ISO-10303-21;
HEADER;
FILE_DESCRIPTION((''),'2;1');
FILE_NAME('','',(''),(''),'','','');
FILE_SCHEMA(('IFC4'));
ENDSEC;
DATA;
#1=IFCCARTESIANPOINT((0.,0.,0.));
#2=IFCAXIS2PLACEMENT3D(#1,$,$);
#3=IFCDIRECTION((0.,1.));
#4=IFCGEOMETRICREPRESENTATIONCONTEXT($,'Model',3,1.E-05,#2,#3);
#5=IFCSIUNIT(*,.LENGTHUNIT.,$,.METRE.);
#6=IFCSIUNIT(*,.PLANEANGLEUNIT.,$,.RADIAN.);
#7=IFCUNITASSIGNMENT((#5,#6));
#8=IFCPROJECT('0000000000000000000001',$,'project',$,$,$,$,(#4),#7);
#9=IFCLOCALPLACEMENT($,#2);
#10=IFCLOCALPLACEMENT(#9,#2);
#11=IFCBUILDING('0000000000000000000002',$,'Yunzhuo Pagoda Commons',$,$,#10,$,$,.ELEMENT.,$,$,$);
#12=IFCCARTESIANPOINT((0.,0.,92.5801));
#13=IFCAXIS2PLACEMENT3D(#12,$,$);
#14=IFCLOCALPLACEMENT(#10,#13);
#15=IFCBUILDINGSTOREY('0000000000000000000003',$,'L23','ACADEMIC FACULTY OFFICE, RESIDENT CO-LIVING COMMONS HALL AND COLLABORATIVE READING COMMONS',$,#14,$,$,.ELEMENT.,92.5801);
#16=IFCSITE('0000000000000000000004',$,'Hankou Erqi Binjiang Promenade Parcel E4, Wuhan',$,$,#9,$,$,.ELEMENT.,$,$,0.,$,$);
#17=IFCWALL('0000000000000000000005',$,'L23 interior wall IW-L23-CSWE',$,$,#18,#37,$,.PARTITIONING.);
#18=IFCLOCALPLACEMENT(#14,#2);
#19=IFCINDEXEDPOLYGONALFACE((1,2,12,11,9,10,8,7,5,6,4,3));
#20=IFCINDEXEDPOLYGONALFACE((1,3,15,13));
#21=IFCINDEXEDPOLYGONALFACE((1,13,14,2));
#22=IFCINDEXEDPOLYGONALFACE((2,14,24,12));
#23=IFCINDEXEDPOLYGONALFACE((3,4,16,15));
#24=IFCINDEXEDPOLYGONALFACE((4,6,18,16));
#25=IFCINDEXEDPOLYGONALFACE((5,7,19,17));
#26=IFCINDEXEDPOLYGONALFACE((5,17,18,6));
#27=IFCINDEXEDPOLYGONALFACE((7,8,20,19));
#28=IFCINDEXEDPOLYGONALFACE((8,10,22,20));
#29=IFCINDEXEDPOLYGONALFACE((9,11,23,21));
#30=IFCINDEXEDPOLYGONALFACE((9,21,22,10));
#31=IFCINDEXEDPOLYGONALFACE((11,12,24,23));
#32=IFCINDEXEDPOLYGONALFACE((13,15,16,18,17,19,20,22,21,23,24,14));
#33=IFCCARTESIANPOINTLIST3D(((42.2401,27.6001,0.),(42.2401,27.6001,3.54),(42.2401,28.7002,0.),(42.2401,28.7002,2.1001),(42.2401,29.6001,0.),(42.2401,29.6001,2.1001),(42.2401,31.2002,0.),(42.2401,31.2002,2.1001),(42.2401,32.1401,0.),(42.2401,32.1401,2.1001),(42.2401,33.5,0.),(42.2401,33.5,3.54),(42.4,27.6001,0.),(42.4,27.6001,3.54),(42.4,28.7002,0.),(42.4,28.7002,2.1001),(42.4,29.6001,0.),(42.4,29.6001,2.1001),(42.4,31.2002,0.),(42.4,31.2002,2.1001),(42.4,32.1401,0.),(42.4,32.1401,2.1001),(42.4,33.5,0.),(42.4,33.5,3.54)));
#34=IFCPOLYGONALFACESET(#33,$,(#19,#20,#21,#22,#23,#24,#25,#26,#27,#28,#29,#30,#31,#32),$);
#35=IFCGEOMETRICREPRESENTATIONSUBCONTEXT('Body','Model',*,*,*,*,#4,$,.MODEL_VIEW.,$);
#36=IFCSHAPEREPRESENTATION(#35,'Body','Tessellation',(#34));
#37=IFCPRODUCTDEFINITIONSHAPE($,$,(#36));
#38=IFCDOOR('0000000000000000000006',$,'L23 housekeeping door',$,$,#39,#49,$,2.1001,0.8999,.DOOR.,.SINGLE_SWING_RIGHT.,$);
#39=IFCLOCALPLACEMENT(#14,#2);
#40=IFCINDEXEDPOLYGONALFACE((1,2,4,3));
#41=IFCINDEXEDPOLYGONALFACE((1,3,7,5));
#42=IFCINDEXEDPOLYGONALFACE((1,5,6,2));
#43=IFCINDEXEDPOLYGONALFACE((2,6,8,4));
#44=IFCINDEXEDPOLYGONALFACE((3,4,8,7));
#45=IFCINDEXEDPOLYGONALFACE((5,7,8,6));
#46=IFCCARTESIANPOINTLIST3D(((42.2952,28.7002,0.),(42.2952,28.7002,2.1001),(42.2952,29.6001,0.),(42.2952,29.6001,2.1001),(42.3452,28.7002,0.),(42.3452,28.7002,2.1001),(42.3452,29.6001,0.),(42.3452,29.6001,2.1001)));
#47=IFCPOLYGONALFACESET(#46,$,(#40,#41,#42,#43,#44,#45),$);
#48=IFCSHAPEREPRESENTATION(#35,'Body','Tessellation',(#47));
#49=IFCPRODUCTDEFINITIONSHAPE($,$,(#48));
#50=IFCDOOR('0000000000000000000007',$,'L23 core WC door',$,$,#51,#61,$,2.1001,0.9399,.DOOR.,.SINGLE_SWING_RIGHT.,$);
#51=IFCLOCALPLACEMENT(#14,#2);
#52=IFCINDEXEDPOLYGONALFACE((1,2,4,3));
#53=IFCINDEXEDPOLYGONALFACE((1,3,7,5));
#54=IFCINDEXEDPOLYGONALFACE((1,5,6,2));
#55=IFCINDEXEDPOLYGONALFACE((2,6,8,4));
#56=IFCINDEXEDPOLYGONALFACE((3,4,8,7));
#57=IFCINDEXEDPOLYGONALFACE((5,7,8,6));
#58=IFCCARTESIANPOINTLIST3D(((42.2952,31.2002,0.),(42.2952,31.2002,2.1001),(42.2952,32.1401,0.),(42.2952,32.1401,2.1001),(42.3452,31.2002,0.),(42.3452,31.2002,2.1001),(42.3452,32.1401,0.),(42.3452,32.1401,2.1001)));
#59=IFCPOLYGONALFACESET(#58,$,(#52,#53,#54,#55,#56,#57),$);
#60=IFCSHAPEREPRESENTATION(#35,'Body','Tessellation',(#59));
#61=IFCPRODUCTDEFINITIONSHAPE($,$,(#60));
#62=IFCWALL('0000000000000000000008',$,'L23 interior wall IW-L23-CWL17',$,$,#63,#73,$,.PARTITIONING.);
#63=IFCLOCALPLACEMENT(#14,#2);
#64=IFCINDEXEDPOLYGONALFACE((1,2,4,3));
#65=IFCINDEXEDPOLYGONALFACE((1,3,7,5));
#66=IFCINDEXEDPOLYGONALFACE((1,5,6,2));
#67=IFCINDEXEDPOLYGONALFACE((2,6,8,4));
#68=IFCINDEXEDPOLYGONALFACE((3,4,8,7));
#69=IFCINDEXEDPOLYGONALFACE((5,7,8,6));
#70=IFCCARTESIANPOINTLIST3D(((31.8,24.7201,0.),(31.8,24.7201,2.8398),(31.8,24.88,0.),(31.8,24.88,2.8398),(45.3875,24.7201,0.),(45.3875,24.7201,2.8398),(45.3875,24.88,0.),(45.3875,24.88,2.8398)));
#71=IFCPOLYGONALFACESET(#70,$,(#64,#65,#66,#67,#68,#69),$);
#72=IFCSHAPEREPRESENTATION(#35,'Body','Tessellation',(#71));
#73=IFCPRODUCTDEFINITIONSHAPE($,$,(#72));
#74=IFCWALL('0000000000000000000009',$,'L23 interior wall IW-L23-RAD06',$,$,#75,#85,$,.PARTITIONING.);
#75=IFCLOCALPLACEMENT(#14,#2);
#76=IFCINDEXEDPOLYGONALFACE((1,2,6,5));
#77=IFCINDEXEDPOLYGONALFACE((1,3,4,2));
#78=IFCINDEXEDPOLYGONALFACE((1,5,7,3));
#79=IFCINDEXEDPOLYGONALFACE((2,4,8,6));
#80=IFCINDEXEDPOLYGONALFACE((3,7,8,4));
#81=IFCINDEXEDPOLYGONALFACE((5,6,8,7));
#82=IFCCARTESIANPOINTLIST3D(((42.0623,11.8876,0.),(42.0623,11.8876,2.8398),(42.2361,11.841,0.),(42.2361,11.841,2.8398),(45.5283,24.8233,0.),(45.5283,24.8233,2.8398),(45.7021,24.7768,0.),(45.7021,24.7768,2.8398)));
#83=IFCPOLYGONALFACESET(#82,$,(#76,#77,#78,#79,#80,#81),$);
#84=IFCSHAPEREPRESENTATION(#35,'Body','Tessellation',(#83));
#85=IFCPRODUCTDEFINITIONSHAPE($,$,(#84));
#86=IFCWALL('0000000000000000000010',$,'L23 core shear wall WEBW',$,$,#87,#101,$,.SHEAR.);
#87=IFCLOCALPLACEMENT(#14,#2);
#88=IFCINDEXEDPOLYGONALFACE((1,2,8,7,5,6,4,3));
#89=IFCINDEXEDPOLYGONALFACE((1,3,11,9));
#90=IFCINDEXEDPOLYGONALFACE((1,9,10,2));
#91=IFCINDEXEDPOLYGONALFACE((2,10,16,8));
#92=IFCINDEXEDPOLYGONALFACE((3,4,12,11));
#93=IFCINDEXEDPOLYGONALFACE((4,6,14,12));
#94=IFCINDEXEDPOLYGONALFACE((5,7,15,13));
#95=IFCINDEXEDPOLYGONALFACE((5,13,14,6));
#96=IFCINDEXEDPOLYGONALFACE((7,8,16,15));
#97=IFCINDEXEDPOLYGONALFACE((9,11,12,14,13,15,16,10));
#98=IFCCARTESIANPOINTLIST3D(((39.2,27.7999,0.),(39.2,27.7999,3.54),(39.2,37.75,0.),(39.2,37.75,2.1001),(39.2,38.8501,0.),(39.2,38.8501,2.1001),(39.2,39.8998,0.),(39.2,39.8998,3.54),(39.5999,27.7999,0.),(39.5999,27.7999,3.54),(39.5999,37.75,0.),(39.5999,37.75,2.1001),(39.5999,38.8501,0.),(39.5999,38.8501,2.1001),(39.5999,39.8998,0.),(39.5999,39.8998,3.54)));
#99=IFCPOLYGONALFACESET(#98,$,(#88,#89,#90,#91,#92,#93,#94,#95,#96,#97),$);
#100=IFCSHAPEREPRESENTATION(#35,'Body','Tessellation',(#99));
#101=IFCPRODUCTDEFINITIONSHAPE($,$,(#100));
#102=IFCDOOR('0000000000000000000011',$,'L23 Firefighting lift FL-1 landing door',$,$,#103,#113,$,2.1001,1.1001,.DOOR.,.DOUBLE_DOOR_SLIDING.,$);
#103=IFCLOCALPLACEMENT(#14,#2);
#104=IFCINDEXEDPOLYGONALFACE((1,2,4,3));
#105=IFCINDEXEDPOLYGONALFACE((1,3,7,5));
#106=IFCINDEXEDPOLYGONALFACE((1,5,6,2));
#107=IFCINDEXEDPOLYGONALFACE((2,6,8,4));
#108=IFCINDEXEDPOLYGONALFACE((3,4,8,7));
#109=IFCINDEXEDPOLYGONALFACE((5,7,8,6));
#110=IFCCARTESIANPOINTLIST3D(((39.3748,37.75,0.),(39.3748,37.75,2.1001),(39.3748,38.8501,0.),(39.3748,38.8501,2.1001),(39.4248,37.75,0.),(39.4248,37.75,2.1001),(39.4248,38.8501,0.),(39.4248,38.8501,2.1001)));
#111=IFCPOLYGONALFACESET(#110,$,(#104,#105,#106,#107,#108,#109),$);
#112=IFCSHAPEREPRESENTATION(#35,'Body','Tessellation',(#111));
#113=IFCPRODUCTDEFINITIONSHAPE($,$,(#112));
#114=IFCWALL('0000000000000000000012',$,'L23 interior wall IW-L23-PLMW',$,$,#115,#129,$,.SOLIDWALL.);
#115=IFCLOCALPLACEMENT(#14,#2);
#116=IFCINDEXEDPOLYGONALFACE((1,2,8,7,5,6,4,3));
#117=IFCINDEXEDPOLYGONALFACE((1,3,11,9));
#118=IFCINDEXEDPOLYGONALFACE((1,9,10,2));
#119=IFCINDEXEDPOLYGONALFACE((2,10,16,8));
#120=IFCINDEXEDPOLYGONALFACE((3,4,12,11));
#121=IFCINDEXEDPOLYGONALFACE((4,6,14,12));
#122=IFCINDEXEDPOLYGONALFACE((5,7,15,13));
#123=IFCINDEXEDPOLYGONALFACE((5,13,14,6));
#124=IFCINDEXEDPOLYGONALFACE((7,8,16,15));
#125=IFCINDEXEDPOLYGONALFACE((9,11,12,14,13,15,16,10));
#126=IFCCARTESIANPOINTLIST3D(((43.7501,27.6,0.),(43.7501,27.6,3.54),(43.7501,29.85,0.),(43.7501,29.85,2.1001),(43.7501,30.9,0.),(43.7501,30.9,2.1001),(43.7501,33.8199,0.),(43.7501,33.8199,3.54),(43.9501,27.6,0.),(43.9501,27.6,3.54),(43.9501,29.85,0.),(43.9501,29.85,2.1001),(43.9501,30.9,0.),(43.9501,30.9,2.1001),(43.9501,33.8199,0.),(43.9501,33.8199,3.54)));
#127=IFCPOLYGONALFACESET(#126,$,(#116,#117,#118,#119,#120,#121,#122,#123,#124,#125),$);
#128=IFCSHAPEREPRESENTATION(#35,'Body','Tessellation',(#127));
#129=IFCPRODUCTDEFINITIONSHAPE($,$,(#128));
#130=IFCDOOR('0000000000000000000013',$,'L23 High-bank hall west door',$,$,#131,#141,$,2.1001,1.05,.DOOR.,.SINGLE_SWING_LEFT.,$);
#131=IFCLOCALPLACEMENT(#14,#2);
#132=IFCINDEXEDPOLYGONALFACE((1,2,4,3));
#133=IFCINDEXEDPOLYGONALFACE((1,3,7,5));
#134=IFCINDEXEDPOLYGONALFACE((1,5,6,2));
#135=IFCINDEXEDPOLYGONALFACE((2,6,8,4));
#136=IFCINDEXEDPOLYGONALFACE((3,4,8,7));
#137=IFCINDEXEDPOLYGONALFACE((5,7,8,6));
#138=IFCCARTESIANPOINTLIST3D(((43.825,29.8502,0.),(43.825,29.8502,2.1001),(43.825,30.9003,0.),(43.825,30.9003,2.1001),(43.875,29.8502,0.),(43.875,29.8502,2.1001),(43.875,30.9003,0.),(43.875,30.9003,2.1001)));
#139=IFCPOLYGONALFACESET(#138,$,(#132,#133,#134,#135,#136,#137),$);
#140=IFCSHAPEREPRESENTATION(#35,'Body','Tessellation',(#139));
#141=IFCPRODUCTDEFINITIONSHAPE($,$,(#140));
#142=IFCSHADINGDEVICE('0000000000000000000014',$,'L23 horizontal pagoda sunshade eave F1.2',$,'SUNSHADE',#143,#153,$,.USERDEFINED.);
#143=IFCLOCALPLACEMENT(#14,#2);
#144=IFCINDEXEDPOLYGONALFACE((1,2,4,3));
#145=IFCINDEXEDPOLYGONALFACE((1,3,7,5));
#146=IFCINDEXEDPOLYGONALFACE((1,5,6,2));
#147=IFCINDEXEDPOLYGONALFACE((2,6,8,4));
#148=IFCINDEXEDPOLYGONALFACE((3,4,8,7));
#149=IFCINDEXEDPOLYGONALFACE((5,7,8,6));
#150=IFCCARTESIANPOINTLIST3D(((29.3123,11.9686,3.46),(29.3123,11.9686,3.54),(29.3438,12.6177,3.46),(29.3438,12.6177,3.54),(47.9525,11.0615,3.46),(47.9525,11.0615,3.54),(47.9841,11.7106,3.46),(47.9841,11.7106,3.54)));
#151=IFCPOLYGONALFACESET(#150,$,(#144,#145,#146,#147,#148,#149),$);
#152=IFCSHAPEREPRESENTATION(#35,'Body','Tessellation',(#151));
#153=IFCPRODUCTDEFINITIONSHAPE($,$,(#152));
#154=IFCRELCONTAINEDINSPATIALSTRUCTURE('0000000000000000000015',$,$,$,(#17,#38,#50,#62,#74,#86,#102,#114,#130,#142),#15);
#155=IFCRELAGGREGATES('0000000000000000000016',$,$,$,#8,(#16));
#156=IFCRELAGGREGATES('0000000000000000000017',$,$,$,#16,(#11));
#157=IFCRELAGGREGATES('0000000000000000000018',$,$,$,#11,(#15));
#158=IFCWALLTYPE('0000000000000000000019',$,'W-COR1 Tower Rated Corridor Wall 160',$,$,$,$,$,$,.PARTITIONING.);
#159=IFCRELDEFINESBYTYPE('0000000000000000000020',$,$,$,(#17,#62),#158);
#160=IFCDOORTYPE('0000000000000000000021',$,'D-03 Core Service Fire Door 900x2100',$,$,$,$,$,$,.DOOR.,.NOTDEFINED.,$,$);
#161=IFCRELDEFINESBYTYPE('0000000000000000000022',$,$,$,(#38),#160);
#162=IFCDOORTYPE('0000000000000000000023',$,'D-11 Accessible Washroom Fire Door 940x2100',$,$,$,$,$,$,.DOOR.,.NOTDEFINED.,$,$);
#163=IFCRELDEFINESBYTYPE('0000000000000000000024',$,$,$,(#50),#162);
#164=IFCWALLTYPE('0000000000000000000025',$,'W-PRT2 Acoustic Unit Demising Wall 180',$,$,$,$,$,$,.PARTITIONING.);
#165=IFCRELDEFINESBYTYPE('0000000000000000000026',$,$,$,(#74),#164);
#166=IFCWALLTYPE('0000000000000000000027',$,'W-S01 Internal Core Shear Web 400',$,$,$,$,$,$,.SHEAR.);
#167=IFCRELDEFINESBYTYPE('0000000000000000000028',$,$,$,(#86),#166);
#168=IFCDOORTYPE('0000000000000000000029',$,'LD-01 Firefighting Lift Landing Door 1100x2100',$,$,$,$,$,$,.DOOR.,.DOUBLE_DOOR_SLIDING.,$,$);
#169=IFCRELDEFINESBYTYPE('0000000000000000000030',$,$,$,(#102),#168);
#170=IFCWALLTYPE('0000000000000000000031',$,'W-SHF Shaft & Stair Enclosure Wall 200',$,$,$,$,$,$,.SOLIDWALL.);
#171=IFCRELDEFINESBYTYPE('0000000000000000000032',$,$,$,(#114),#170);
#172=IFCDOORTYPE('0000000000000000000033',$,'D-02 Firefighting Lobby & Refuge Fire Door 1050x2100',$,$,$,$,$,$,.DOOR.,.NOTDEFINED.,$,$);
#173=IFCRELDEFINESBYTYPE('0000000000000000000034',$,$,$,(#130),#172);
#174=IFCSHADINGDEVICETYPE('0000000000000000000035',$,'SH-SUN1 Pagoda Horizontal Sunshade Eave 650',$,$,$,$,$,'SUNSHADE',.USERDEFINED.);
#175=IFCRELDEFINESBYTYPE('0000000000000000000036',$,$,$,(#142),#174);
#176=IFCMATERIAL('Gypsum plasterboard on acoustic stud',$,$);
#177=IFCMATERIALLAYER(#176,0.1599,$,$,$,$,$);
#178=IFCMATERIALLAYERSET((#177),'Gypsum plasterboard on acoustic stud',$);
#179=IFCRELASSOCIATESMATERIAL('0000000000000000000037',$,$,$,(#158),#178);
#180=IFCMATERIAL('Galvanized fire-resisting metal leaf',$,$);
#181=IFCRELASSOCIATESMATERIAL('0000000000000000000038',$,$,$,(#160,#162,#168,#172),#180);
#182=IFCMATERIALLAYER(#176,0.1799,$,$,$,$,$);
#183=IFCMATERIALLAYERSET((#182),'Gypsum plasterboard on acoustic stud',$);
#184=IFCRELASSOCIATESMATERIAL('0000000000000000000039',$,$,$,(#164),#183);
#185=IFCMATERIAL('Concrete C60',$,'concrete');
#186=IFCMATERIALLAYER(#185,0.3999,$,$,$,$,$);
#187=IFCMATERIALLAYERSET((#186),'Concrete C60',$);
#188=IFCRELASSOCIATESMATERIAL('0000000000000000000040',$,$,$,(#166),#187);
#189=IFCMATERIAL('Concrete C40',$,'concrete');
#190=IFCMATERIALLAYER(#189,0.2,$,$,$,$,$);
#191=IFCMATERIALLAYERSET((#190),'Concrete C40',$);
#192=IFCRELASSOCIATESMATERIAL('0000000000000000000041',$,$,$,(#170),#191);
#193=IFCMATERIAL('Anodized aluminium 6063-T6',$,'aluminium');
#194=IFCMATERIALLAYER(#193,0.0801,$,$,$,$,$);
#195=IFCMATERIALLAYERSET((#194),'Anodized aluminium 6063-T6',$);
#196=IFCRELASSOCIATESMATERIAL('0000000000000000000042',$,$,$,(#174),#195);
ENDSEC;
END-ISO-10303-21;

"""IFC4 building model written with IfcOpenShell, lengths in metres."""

from ifc_helpers import new_model, si_unit, direction, frame, frame_2d, origin, origin_with_axes, origin_2d, place, context, subcontext, project, spatial, rectangle, extrude, source, transform, mapped, material, layer, layer_set, type_object, element, fill, save


model = new_model("IFC4")

# Units and contexts
model_context = context("Model", 3, precision=1e-05, world=origin(), true_north=direction((0.0, 1.0)))
body_context = subcontext(model_context, "Body", "Model", "MODEL_VIEW")
ifc_project = project(units=[si_unit("LENGTHUNIT", "METRE"), si_unit("PLANEANGLEUNIT", "RADIAN")], contexts=[model_context])

# Site, building, storey
site_placement = place(None, origin())
site = spatial("IfcSite", under=ifc_project, at=site_placement, Name="Hankou Erqi Binjiang Promenade Parcel E4, Wuhan", CompositionType="ELEMENT", RefElevation=0.0)
building_placement = place(site_placement, origin())
building = spatial("IfcBuilding", under=site, at=building_placement, Name="Yunzhuo Pagoda Commons", CompositionType="ELEMENT")
storey_placement = place(building_placement, frame((0.0, 0.0, 92.5801)))
storey = spatial("IfcBuildingStorey", under=building, at=storey_placement, Name="L23", Description="ACADEMIC FACULTY OFFICE, RESIDENT CO-LIVING COMMONS HALL AND COLLABORATIVE READING COMMONS", CompositionType="ELEMENT", Elevation=92.5801)

# Shared definitions
ifc_material_1 = material(Name="Anodized aluminium 6063-T6", Category="aluminium")

# Shared definitions
ifc_material_2 = material(Name="Concrete C60", Category="concrete")

# Wall, openings, doors
ifc_material_3 = material(Name="Gypsum plasterboard on acoustic stud")
ifc_layer_1 = layer(ifc_material_3, 0.1599)
ifc_layer_set_1 = layer_set([ifc_layer_1], Name="Gypsum plasterboard on acoustic stud")
wall_type_1 = type_object("IfcWallType", Name="W-COR1 Tower Rated Corridor Wall 160", PredefinedType="PARTITIONING", material=ifc_layer_set_1)
wall_1_placement = place(storey_placement, frame((42.3201, 27.6001, 0.0), z_axis=(0.0, 0.0, 1.0), x_axis=(0.0, 1.0, 0.0)))
wall_1 = element("IfcWall", 1, at=wall_1_placement, inside=storey, type_object=wall_type_1, Name="L23 interior wall IW-L23-CSWE", PredefinedType="PARTITIONING", context=body_context, shape_type="SweptSolid", body=[
    extrude(rectangle(XDim=5.8999, YDim=0.1599, at=frame_2d((2.95, 0.0))), origin(), (0.0, 0.0, 1.0), 3.54),
])
opening_1_placement = place(wall_1_placement, frame((1.1001, 0.0, 0.0)))
opening_1 = element("IfcOpeningElement", 2, at=opening_1_placement, cuts=wall_1, PredefinedType="OPENING", context=body_context, shape_type="SweptSolid", body=[
    extrude(rectangle(XDim=0.8999, YDim=2.1001, at=frame_2d((0.45, 1.05))), frame((0.0, 0.0898, 0.0), z_axis=(0.0, -1.0, 0.0), x_axis=(1.0, 0.0, 0.0)), (0.0, 0.0, 1.0), 0.1799),
])
opening_2_placement = place(wall_1_placement, frame((3.6001, 0.0, 0.0)))
opening_2 = element("IfcOpeningElement", 3, at=opening_2_placement, cuts=wall_1, PredefinedType="OPENING", context=body_context, shape_type="SweptSolid", body=[
    extrude(rectangle(XDim=0.9399, YDim=2.1001, at=frame_2d((0.47, 1.05))), frame((0.0, 0.0898, 0.0), z_axis=(0.0, -1.0, 0.0), x_axis=(1.0, 0.0, 0.0)), (0.0, 0.0, 1.0), 0.1799),
])
ifc_material_4 = material(Name="Galvanized fire-resisting metal leaf")
door_type_1 = type_object("IfcDoorType", Name="D-03 Core Service Fire Door 900x2100", OperationType="NOTDEFINED", PredefinedType="DOOR", material=ifc_material_4)
shared_shape_1 = source(origin(), body_context, "Body", "SweptSolid", [
    extrude(rectangle(XDim=0.8999, YDim=2.1001, at=frame_2d((0.45, 1.05))), frame((0.0, 0.0249, 0.0), z_axis=(0.0, -1.0, 0.0), x_axis=(1.0, 0.0, 0.0)), (0.0, 0.0, 1.0), 0.05),
])
door_1_placement = place(opening_1_placement, origin_with_axes())
door_1 = element("IfcDoor", 4, at=door_1_placement, inside=storey, type_object=door_type_1, Name="L23 housekeeping door", OperationType="SINGLE_SWING_RIGHT", OverallHeight=2.1001, OverallWidth=0.8999, PredefinedType="DOOR", context=body_context, shape_type="MappedRepresentation", body=[
    mapped(shared_shape_1, transform((0.0, 0.0, 0.0), scale=1.0)),
])
fill(opening_1, door_1)
door_type_2 = type_object("IfcDoorType", Name="D-11 Accessible Washroom Fire Door 940x2100", OperationType="NOTDEFINED", PredefinedType="DOOR", material=ifc_material_4)
shared_shape_2 = source(origin(), body_context, "Body", "SweptSolid", [
    extrude(rectangle(XDim=0.9399, YDim=2.1001, at=frame_2d((0.47, 1.05))), frame((0.0, 0.0249, 0.0), z_axis=(0.0, -1.0, 0.0), x_axis=(1.0, 0.0, 0.0)), (0.0, 0.0, 1.0), 0.05),
])
door_2_placement = place(opening_2_placement, origin_with_axes())
door_2 = element("IfcDoor", 5, at=door_2_placement, inside=storey, type_object=door_type_2, Name="L23 core WC door", OperationType="SINGLE_SWING_RIGHT", OverallHeight=2.1001, OverallWidth=0.9399, PredefinedType="DOOR", context=body_context, shape_type="MappedRepresentation", body=[
    mapped(shared_shape_2, transform((0.0, 0.0, 0.0), scale=1.0)),
])
fill(opening_2, door_2)

# Walls
wall_2_placement = place(storey_placement, frame((45.3875, 24.8, 0.0), z_axis=(0.0, 0.0, 1.0), x_axis=(-1.0, 0.0, 0.0)))
element("IfcWall", 6, at=wall_2_placement, inside=storey, type_object=wall_type_1, Name="L23 interior wall IW-L23-CWL17", PredefinedType="PARTITIONING", context=body_context, shape_type="SweptSolid", body=[
    extrude(rectangle(XDim=13.5874, YDim=0.1599, at=frame_2d((6.7937, 0.0))), origin(), (0.0, 0.0, 1.0), 2.8398),
])
ifc_layer_2 = layer(ifc_material_3, 0.1799)
ifc_layer_set_2 = layer_set([ifc_layer_2], Name="Gypsum plasterboard on acoustic stud")
wall_type_2 = type_object("IfcWallType", Name="W-PRT2 Acoustic Unit Demising Wall 180", PredefinedType="PARTITIONING", material=ifc_layer_set_2)
wall_3_placement = place(storey_placement, frame((45.6152, 24.8, 0.0), z_axis=(0.0, 0.0, 1.0), x_axis=(-0.258814, -0.965927, 0.0)))
element("IfcWall", 7, at=wall_3_placement, inside=storey, type_object=wall_type_2, Name="L23 interior wall IW-L23-RAD06", PredefinedType="PARTITIONING", context=body_context, shape_type="SweptSolid", body=[
    extrude(rectangle(XDim=13.3921, YDim=0.1799, at=frame_2d((6.696, 0.0))), origin(), (0.0, 0.0, 1.0), 2.8398),
])

# Walls, openings, doors
ifc_layer_3 = layer(ifc_material_2, 0.3999)
ifc_layer_set_3 = layer_set([ifc_layer_3], Name="Concrete C60")
wall_type_3 = type_object("IfcWallType", Name="W-S01 Internal Core Shear Web 400", PredefinedType="SHEAR", material=ifc_layer_set_3)
wall_4_placement = place(storey_placement, frame((39.3999, 27.8, 0.0), z_axis=(0.0, 0.0, 1.0), x_axis=(0.0, 1.0, 0.0)))
wall_4 = element("IfcWall", 8, at=wall_4_placement, inside=storey, type_object=wall_type_3, Name="L23 core shear wall WEBW", PredefinedType="SHEAR", context=body_context, shape_type="SweptSolid", body=[
    extrude(rectangle(XDim=12.0999, YDim=0.3999, at=frame_2d((6.0498, 0.0))), origin(), (0.0, 0.0, 1.0), 3.54),
])
opening_3_placement = place(wall_4_placement, frame((9.95, 0.0, 0.0)))
opening_3 = element("IfcOpeningElement", 9, at=opening_3_placement, cuts=wall_4, PredefinedType="OPENING", context=body_context, shape_type="SweptSolid", body=[
    extrude(rectangle(XDim=1.1001, YDim=2.1001, at=frame_2d((0.55, 1.05))), frame((0.0, 0.21, 0.0), z_axis=(0.0, -1.0, 0.0), x_axis=(1.0, 0.0, 0.0)), (0.0, 0.0, 1.0), 0.4199),
])
door_type_3 = type_object("IfcDoorType", Name="LD-01 Firefighting Lift Landing Door 1100x2100", OperationType="DOUBLE_DOOR_SLIDING", PredefinedType="DOOR", material=ifc_material_4)
shared_shape_3 = source(origin(), body_context, "Body", "SweptSolid", [
    extrude(rectangle(XDim=1.1001, YDim=2.1001, at=frame_2d((0.55, 1.05))), frame((0.0, 0.0249, 0.0), z_axis=(0.0, -1.0, 0.0), x_axis=(1.0, 0.0, 0.0)), (0.0, 0.0, 1.0), 0.05),
])
door_3_placement = place(opening_3_placement, frame((1.1001, 0.0, 0.0), z_axis=(0.0, 0.0, 1.0), x_axis=(-1.0, 0.0, 0.0)))
door_3 = element("IfcDoor", 10, at=door_3_placement, inside=storey, type_object=door_type_3, Name="L23 Firefighting lift FL-1 landing door", OperationType="DOUBLE_DOOR_SLIDING", OverallHeight=2.1001, OverallWidth=1.1001, PredefinedType="DOOR", context=body_context, shape_type="MappedRepresentation", body=[
    mapped(shared_shape_3, transform((0.0, 0.0, 0.0), scale=1.0)),
])
fill(opening_3, door_3)
ifc_material_5 = material(Name="Concrete C40", Category="concrete")
ifc_layer_4 = layer(ifc_material_5, 0.2)
ifc_layer_set_4 = layer_set([ifc_layer_4], Name="Concrete C40")
wall_type_4 = type_object("IfcWallType", Name="W-SHF Shaft & Stair Enclosure Wall 200", PredefinedType="SOLIDWALL", material=ifc_layer_set_4)
wall_5_placement = place(storey_placement, frame((43.8501, 27.6001, 0.0), z_axis=(0.0, 0.0, 1.0), x_axis=(0.0, 1.0, 0.0)))
wall_5 = element("IfcWall", 11, at=wall_5_placement, inside=storey, type_object=wall_type_4, Name="L23 interior wall IW-L23-PLMW", PredefinedType="SOLIDWALL", context=body_context, shape_type="SweptSolid", body=[
    extrude(rectangle(XDim=6.22, YDim=0.2, at=frame_2d((3.1099, 0.0))), origin(), (0.0, 0.0, 1.0), 3.54),
])
opening_4_placement = place(wall_5_placement, frame((2.25, 0.0, 0.0)))
opening_4 = element("IfcOpeningElement", 12, at=opening_4_placement, cuts=wall_5, PredefinedType="OPENING", context=body_context, shape_type="SweptSolid", body=[
    extrude(rectangle(XDim=1.05, YDim=2.1001, at=frame_2d((0.5249, 1.05))), frame((0.0, 0.1099, 0.0), z_axis=(0.0, -1.0, 0.0), x_axis=(1.0, 0.0, 0.0)), (0.0, 0.0, 1.0), 0.22),
])
door_type_4 = type_object("IfcDoorType", Name="D-02 Firefighting Lobby & Refuge Fire Door 1050x2100", OperationType="NOTDEFINED", PredefinedType="DOOR", material=ifc_material_4)
shared_shape_4 = source(origin(), body_context, "Body", "SweptSolid", [
    extrude(rectangle(XDim=1.05, YDim=2.1001, at=frame_2d((0.5249, 1.05))), frame((0.0, 0.0249, 0.0), z_axis=(0.0, -1.0, 0.0), x_axis=(1.0, 0.0, 0.0)), (0.0, 0.0, 1.0), 0.05),
])
door_4_placement = place(opening_4_placement, frame((1.05, 0.0, 0.0), z_axis=(0.0, 0.0, 1.0), x_axis=(-1.0, 0.0, 0.0)))
door_4 = element("IfcDoor", 13, at=door_4_placement, inside=storey, type_object=door_type_4, Name="L23 High-bank hall west door", OperationType="SINGLE_SWING_LEFT", OverallHeight=2.1001, OverallWidth=1.05, PredefinedType="DOOR", context=body_context, shape_type="MappedRepresentation", body=[
    mapped(shared_shape_4, transform((0.0, 0.0, 0.0), scale=1.0)),
])
fill(opening_4, door_4)

# Shading device
ifc_layer_5 = layer(ifc_material_1, 0.0801)
ifc_layer_set_5 = layer_set([ifc_layer_5], Name="Anodized aluminium 6063-T6")
shading_device_type = type_object("IfcShadingDeviceType", Name="SH-SUN1 Pagoda Horizontal Sunshade Eave 650", ElementType="SUNSHADE", PredefinedType="USERDEFINED", material=ifc_layer_set_5)
shared_shape_5 = source(origin(), body_context, "Body", "SweptSolid", [
    extrude(rectangle(XDim=18.6624, YDim=0.6499, at=origin_2d()), origin(), (0.0, 0.0, 1.0), 0.0801),
])
shading_device_placement = place(storey_placement, frame((38.6482, 11.8396, 3.46), z_axis=(0.0, 0.0, 1.0), x_axis=(0.998818, -0.048606, 0.0)))
element("IfcShadingDevice", 14, at=shading_device_placement, inside=storey, type_object=shading_device_type, Name="L23 horizontal pagoda sunshade eave F1.2", ObjectType="SUNSHADE", PredefinedType="USERDEFINED", context=body_context, shape_type="MappedRepresentation", body=[
    mapped(shared_shape_5, transform((0.0, 0.0, 0.0), scale=1.0)),
])

save(model, "model.ifc")
